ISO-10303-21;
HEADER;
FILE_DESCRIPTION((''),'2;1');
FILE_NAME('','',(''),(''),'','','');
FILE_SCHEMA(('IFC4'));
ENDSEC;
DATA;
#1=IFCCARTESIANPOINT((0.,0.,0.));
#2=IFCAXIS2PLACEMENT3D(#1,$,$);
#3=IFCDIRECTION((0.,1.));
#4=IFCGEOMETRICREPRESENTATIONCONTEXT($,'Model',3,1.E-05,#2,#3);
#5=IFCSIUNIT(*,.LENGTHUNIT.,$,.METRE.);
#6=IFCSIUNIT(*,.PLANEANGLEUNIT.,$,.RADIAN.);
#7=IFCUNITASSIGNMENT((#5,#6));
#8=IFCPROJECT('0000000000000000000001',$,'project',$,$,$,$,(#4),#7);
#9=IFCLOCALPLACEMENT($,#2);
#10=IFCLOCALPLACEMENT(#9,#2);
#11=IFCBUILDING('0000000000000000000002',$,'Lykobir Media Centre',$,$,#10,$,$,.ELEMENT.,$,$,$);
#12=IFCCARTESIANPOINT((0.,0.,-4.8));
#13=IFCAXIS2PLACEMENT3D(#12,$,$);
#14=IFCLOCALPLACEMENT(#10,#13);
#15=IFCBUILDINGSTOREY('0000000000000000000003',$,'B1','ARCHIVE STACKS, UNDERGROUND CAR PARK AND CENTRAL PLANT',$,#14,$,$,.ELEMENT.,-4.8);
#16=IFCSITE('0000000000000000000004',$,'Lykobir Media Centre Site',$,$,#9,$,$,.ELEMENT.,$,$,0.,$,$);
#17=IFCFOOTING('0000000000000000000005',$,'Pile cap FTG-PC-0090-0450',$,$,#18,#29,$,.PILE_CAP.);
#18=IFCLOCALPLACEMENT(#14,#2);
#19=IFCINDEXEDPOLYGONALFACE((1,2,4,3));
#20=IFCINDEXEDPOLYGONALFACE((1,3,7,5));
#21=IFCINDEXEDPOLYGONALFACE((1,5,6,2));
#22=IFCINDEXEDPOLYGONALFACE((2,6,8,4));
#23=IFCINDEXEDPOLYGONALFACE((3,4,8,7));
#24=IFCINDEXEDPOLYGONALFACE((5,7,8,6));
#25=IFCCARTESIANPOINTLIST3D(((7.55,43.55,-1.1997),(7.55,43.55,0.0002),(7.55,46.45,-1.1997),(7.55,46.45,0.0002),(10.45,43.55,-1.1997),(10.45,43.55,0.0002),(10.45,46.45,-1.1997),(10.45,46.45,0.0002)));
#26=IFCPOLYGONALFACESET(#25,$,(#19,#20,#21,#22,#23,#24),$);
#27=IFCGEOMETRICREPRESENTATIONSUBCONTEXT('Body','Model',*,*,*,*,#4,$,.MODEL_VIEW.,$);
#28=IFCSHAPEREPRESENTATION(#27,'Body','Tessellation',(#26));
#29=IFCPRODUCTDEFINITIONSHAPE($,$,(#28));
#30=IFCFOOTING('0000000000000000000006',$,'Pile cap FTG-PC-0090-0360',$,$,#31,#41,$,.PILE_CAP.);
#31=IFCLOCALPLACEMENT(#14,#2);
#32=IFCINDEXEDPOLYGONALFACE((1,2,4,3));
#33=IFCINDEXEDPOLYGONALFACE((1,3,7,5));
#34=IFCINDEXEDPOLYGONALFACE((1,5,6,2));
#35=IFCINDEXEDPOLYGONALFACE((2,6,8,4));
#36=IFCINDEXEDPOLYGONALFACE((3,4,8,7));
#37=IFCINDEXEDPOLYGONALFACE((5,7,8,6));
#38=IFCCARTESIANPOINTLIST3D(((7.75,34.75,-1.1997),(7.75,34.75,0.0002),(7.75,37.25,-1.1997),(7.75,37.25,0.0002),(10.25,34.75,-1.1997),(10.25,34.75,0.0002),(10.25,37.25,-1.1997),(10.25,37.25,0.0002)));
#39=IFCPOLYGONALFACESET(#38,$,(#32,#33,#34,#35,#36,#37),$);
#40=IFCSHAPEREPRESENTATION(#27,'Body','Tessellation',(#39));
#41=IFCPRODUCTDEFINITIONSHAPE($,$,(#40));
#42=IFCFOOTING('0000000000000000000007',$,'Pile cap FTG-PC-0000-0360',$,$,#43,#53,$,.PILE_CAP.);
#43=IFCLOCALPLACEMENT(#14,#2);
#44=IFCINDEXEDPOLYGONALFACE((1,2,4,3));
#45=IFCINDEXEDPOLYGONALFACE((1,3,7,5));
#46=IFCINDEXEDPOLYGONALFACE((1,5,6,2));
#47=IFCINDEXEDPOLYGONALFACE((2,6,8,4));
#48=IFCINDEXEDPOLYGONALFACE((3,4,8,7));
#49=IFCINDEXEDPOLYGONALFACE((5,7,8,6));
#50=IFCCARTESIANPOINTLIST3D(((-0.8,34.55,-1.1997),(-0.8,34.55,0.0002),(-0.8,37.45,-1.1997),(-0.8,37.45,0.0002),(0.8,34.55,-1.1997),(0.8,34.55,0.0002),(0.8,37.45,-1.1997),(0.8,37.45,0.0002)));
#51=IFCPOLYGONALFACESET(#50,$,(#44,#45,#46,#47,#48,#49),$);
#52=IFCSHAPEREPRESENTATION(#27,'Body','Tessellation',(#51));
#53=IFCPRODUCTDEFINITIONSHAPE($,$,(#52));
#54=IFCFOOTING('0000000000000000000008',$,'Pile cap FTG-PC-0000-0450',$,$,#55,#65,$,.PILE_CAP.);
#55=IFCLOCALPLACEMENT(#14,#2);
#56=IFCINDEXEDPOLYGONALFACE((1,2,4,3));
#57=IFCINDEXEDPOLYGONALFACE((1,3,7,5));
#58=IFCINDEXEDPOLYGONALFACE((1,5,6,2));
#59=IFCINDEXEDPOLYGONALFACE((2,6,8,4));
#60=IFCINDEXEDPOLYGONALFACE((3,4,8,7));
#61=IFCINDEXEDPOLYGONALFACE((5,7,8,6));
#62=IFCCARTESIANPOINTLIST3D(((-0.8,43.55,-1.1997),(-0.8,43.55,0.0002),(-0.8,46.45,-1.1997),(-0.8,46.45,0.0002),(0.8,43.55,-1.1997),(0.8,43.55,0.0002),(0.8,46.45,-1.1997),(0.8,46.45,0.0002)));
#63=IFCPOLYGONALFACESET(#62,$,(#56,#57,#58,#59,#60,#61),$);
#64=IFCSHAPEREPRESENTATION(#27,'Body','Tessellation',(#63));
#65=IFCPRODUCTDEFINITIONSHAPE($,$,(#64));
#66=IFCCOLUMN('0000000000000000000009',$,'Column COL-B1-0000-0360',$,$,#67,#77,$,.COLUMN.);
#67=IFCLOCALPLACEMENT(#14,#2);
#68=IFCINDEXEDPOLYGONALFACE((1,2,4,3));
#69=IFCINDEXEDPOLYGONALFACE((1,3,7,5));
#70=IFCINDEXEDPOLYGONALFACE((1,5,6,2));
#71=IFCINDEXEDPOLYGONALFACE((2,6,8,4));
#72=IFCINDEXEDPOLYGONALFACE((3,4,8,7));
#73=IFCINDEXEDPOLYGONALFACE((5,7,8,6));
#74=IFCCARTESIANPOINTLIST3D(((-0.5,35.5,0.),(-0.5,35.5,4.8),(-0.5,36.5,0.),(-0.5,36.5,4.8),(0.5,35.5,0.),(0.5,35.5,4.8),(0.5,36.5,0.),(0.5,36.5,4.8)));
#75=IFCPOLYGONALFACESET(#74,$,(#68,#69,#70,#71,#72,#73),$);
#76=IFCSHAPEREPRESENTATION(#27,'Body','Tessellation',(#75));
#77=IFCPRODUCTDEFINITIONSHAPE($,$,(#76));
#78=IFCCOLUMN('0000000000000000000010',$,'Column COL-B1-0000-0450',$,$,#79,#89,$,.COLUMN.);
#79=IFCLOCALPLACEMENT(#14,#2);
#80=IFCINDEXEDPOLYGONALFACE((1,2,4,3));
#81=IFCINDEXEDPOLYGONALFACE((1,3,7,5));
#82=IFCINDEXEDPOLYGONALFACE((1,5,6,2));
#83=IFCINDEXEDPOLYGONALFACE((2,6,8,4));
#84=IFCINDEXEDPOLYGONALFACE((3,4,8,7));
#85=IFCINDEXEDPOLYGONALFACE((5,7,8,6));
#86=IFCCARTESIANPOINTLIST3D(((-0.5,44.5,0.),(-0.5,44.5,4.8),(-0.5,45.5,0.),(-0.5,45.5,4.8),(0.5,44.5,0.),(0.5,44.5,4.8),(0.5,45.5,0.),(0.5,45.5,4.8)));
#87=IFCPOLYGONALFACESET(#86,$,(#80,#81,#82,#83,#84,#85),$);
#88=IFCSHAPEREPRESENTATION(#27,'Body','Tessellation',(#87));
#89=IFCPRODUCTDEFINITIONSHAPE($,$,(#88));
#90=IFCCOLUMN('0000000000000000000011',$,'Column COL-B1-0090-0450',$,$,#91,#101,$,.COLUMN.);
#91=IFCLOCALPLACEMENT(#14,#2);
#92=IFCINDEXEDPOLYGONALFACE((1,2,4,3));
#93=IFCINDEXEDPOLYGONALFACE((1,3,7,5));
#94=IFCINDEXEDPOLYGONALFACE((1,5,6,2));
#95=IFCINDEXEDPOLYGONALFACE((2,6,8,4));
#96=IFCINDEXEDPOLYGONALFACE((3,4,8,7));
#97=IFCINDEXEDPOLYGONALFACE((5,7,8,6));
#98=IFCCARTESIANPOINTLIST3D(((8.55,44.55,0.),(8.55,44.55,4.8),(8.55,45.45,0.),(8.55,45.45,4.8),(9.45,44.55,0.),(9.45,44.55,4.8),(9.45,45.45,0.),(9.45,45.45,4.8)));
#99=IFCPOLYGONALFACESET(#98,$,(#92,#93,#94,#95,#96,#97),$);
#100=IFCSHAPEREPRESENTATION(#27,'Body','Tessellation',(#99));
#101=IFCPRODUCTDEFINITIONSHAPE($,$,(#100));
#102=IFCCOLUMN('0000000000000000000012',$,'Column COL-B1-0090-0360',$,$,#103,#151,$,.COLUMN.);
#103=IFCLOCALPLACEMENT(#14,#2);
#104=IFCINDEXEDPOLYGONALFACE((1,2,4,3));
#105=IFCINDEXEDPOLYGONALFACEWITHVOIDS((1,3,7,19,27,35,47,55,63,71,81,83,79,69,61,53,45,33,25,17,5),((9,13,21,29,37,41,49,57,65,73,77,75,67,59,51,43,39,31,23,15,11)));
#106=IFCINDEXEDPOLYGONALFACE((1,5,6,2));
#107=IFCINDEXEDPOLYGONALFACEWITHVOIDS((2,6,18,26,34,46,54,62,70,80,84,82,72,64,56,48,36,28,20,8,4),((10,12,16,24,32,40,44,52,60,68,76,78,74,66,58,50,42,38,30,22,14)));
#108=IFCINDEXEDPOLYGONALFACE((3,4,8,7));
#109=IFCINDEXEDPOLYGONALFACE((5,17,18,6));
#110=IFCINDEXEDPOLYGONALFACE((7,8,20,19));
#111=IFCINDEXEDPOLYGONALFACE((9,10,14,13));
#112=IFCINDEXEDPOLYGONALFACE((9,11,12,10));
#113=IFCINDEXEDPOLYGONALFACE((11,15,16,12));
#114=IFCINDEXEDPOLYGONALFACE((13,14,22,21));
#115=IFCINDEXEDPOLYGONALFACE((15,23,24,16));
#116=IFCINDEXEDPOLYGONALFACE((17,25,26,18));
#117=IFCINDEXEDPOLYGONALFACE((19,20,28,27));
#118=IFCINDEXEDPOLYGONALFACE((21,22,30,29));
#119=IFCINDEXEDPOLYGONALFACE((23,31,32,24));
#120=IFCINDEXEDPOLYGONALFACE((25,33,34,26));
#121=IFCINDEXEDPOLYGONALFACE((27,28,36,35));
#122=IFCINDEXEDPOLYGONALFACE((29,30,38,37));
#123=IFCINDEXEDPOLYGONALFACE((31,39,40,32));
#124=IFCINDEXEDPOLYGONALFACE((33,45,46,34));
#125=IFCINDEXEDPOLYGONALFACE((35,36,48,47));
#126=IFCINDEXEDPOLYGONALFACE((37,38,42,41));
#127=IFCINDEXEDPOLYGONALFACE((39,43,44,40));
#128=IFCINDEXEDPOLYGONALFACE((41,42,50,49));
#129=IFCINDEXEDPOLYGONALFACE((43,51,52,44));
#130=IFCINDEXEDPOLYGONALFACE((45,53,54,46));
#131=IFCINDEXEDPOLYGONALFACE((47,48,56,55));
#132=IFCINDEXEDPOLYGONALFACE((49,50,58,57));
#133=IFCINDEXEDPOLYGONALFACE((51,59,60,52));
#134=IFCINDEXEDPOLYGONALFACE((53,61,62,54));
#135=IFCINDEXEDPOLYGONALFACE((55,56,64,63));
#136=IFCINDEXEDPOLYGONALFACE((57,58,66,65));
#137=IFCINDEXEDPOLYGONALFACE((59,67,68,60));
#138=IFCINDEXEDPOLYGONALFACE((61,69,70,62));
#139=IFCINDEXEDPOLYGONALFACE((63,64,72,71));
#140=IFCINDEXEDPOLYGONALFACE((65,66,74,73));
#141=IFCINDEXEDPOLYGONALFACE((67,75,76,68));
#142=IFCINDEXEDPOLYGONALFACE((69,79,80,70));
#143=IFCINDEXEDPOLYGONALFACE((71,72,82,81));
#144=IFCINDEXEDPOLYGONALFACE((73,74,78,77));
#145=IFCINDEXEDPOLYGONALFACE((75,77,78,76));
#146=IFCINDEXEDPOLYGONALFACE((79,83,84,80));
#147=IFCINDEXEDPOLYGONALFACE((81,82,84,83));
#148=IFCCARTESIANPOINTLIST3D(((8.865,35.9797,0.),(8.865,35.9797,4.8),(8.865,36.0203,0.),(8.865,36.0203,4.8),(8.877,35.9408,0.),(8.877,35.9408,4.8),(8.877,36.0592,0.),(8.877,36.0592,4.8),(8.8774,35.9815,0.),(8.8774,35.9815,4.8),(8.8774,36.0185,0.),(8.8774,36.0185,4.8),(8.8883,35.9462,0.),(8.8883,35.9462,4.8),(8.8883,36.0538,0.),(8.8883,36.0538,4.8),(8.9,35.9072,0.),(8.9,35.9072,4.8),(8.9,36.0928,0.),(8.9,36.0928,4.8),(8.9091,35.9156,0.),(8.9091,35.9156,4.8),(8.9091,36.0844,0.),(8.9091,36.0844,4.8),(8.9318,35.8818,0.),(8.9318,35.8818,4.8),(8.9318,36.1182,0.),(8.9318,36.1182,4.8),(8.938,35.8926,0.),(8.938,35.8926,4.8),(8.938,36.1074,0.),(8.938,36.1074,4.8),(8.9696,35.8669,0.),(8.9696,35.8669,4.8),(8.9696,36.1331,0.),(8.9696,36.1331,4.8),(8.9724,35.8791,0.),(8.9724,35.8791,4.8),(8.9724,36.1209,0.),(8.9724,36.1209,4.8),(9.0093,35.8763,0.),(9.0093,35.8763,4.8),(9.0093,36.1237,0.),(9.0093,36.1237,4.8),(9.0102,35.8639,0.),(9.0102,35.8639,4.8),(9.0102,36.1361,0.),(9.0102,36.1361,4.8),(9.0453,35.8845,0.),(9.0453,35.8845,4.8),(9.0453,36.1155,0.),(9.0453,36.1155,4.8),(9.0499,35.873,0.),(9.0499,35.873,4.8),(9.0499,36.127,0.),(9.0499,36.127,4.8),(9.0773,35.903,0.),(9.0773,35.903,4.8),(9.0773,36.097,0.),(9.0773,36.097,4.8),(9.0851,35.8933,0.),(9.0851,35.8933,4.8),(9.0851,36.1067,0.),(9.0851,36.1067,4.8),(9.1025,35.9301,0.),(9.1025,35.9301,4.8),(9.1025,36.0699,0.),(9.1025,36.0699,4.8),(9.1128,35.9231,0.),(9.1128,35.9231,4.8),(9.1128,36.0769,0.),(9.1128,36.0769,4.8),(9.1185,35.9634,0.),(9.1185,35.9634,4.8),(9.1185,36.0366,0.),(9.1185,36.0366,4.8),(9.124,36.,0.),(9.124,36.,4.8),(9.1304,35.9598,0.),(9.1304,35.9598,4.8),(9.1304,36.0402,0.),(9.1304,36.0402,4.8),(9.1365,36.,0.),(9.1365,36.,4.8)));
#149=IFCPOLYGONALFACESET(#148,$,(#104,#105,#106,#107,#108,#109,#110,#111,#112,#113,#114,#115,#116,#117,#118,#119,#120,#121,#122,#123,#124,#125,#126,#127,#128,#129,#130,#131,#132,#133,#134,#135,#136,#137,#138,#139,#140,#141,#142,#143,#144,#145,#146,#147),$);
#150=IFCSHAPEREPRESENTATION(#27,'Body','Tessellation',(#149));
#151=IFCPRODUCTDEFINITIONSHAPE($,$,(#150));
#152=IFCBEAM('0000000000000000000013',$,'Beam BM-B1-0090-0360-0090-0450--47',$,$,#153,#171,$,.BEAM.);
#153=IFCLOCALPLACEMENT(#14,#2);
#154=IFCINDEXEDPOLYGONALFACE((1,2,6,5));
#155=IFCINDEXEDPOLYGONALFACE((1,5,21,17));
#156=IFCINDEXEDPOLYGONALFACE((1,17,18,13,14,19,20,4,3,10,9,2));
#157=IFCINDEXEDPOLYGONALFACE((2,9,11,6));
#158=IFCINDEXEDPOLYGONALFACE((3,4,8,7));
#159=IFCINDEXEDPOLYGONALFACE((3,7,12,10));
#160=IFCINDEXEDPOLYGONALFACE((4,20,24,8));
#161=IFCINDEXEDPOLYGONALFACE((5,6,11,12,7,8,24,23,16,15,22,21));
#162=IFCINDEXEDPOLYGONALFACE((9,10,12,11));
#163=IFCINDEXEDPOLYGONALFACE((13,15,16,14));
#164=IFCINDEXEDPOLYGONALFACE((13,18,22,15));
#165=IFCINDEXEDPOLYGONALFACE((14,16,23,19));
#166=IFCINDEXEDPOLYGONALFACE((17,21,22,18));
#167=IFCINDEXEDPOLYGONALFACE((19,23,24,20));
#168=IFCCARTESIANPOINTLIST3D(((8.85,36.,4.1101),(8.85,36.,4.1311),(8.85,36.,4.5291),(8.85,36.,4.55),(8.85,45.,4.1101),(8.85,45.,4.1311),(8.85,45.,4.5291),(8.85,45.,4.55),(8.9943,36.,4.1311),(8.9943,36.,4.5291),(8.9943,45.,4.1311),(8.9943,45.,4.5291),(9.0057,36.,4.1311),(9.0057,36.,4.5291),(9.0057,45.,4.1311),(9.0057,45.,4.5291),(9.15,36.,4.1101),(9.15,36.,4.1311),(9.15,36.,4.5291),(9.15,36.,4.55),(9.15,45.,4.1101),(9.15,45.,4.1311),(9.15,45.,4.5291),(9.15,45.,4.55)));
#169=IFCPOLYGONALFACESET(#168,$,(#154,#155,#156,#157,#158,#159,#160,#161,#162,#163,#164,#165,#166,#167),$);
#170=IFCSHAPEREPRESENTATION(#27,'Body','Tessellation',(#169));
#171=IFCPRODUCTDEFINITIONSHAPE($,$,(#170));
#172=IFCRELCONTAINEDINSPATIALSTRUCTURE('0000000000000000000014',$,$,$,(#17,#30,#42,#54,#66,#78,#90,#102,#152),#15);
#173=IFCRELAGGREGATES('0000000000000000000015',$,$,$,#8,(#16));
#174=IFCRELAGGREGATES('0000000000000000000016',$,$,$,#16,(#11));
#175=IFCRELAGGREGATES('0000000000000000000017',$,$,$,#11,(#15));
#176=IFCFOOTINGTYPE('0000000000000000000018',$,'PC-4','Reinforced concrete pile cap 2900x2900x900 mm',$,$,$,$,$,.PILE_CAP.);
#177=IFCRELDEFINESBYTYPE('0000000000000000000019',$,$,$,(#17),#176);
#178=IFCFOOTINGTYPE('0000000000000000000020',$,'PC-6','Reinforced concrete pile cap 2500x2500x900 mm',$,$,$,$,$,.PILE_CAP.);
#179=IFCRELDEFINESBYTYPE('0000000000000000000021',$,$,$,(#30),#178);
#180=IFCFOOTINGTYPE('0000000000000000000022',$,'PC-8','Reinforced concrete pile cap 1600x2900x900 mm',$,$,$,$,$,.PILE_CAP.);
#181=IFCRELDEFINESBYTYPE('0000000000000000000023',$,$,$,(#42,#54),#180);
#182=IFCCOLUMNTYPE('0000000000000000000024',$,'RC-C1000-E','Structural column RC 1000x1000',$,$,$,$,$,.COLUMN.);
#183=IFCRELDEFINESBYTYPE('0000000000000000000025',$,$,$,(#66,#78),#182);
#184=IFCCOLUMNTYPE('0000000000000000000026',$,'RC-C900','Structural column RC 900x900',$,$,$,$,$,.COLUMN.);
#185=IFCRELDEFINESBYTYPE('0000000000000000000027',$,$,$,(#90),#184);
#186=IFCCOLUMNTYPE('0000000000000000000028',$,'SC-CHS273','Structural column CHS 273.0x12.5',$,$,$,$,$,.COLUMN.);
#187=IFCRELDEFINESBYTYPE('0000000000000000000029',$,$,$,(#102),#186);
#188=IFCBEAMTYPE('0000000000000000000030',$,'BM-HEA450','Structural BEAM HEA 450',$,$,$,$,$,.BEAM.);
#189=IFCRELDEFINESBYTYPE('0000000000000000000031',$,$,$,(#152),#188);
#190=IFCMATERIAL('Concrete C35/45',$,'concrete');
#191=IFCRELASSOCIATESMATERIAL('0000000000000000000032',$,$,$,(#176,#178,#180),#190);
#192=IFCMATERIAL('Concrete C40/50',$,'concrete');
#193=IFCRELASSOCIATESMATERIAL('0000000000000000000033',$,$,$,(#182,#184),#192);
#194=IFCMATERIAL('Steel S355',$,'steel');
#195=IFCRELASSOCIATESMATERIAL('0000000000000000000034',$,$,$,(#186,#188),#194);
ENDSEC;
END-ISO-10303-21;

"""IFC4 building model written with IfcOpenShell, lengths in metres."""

from ifc_helpers import new_model, si_unit, direction, frame, origin, origin_2d, place, context, subcontext, project, spatial, rectangle, hollow_circle, i_section, extrude, material, material_profile, profile_set, type_object, element, save


model = new_model("IFC4")

# Units and contexts
model_context = context("Model", 3, precision=1e-05, world=origin(), true_north=direction((0.0, 1.0)))
body_context = subcontext(model_context, "Body", "Model", "MODEL_VIEW")
ifc_project = project(units=[si_unit("LENGTHUNIT", "METRE"), si_unit("PLANEANGLEUNIT", "RADIAN")], contexts=[model_context])

# Site, building, storey
site_placement = place(None, origin())
site = spatial("IfcSite", under=ifc_project, at=site_placement, Name="Lykobir Media Centre Site", CompositionType="ELEMENT", RefElevation=0.0)
building_placement = place(site_placement, origin())
building = spatial("IfcBuilding", under=site, at=building_placement, Name="Lykobir Media Centre", CompositionType="ELEMENT")
storey_placement = place(building_placement, frame((0.0, 0.0, -4.8)))
storey = spatial("IfcBuildingStorey", under=building, at=storey_placement, Name="B1", Description="ARCHIVE STACKS, UNDERGROUND CAR PARK AND CENTRAL PLANT", CompositionType="ELEMENT", Elevation=-4.8)

# Footings
ifc_material_1 = material(Name="Concrete C35/45", Category="concrete")
footing_type_1 = type_object("IfcFootingType", Name="PC-4", Description="Reinforced concrete pile cap 2900x2900x900 mm", PredefinedType="PILE_CAP", material=ifc_material_1)
footing_1_placement = place(storey_placement, frame((9.0, 45.0, -1.1997), z_axis=(0.0, 0.0, 1.0), x_axis=(1.0, 0.0, 0.0)))
element("IfcFooting", 1, at=footing_1_placement, inside=storey, type_object=footing_type_1, Name="Pile cap FTG-PC-0090-0450", PredefinedType="PILE_CAP", context=body_context, shape_type="SweptSolid", body=[
    extrude(rectangle(XDim=2.8999, YDim=2.8999, at=origin_2d()), origin(), (0.0, 0.0, 1.0), 1.2),
])
footing_type_2 = type_object("IfcFootingType", Name="PC-6", Description="Reinforced concrete pile cap 2500x2500x900 mm", PredefinedType="PILE_CAP", material=ifc_material_1)
footing_2_placement = place(storey_placement, frame((9.0, 36.0, -1.1997), z_axis=(0.0, 0.0, 1.0), x_axis=(1.0, 0.0, 0.0)))
element("IfcFooting", 2, at=footing_2_placement, inside=storey, type_object=footing_type_2, Name="Pile cap FTG-PC-0090-0360", PredefinedType="PILE_CAP", context=body_context, shape_type="SweptSolid", body=[
    extrude(rectangle(XDim=2.5, YDim=2.5, at=origin_2d()), origin(), (0.0, 0.0, 1.0), 1.2),
])
footing_type_3 = type_object("IfcFootingType", Name="PC-8", Description="Reinforced concrete pile cap 1600x2900x900 mm", PredefinedType="PILE_CAP", material=ifc_material_1)
for number, where, z_axis, x_axis, name in (
    (3, (0.0, 36.0, -1.1997), (0.0, 0.0, 1.0), (1.0, 0.0, 0.0), "Pile cap FTG-PC-0000-0360"),
    (4, (0.0, 45.0, -1.1997), (0.0, 0.0, 1.0), (1.0, 0.0, 0.0), "Pile cap FTG-PC-0000-0450"),
):
    element("IfcFooting", number, at=place(storey_placement, frame(where, z_axis=z_axis, x_axis=x_axis)), inside=storey, type_object=footing_type_3, Name=name, PredefinedType="PILE_CAP", context=body_context, shape_type="SweptSolid", body=[
        extrude(rectangle(XDim=1.6001, YDim=2.8999, at=origin_2d()), origin(), (0.0, 0.0, 1.0), 1.2),
    ])

# Columns
ifc_material_2 = material(Name="Concrete C40/50", Category="concrete")
ifc_material_profile_1 = material_profile(ifc_material_2, rectangle(XDim=1.0, YDim=1.0, at=origin_2d()), Name="RC 1000x1000")
ifc_profile_set_1 = profile_set([ifc_material_profile_1], Name="Concrete C40/50")
column_type_1 = type_object("IfcColumnType", Name="RC-C1000-E", Description="Structural column RC 1000x1000", PredefinedType="COLUMN", material=ifc_profile_set_1)
for number, where, z_axis, x_axis, name in (
    (5, (0.0, 36.0, 0.0), (0.0, 0.0, 1.0), (1.0, 0.0, 0.0), "Column COL-B1-0000-0360"),
    (6, (0.0, 45.0, 0.0), (0.0, 0.0, 1.0), (1.0, 0.0, 0.0), "Column COL-B1-0000-0450"),
):
    element("IfcColumn", number, at=place(storey_placement, frame(where, z_axis=z_axis, x_axis=x_axis)), inside=storey, type_object=column_type_1, Name=name, PredefinedType="COLUMN", context=body_context, shape_type="SweptSolid", body=[
        extrude(rectangle(XDim=1.0, YDim=1.0, at=origin_2d()), origin(), (0.0, 0.0, 1.0), 4.8),
    ])
ifc_material_profile_2 = material_profile(ifc_material_2, rectangle(XDim=0.8999, YDim=0.8999, at=origin_2d()), Name="RC 900x900")
ifc_profile_set_2 = profile_set([ifc_material_profile_2], Name="Concrete C40/50")
column_type_2 = type_object("IfcColumnType", Name="RC-C900", Description="Structural column RC 900x900", PredefinedType="COLUMN", material=ifc_profile_set_2)
column_1_placement = place(storey_placement, frame((9.0, 45.0, 0.0), z_axis=(0.0, 0.0, 1.0), x_axis=(1.0, 0.0, 0.0)))
element("IfcColumn", 7, at=column_1_placement, inside=storey, type_object=column_type_2, Name="Column COL-B1-0090-0450", PredefinedType="COLUMN", context=body_context, shape_type="SweptSolid", body=[
    extrude(rectangle(XDim=0.8999, YDim=0.8999, at=origin_2d()), origin(), (0.0, 0.0, 1.0), 4.8),
])
ifc_material_3 = material(Name="Steel S355", Category="steel")
ifc_material_profile_3 = material_profile(ifc_material_3, hollow_circle(Radius=0.1365, WallThickness=0.0125, at=origin_2d()), Name="CHS 273.0x12.5")
ifc_profile_set_3 = profile_set([ifc_material_profile_3], Name="Steel S355")
column_type_3 = type_object("IfcColumnType", Name="SC-CHS273", Description="Structural column CHS 273.0x12.5", PredefinedType="COLUMN", material=ifc_profile_set_3)
column_2_placement = place(storey_placement, frame((9.0, 36.0, 0.0), z_axis=(0.0, 0.0, 1.0), x_axis=(1.0, 0.0, 0.0)))
element("IfcColumn", 8, at=column_2_placement, inside=storey, type_object=column_type_3, Name="Column COL-B1-0090-0360", PredefinedType="COLUMN", context=body_context, shape_type="SweptSolid", body=[
    extrude(hollow_circle(Radius=0.1365, WallThickness=0.0125, at=origin_2d()), origin(), (0.0, 0.0, 1.0), 4.8),
])

# Beam
ifc_material_profile_4 = material_profile(ifc_material_3, i_section(OverallWidth=0.3, OverallDepth=0.4399, WebThickness=0.0115, FlangeThickness=0.021, at=origin_2d()), Name="HEA 450")
ifc_profile_set_4 = profile_set([ifc_material_profile_4], Name="Steel S355")
beam_type_1 = type_object("IfcBeamType", Name="BM-HEA450", Description="Structural BEAM HEA 450", PredefinedType="BEAM", material=ifc_profile_set_4)
beam_1_placement = place(storey_placement, frame((9.0, 36.0, 4.3301), z_axis=(0.0, 1.0, 0.0), x_axis=(-1.0, 0.0, 0.0)))
element("IfcBeam", 9, at=beam_1_placement, inside=storey, type_object=beam_type_1, Name="Beam BM-B1-0090-0360-0090-0450--47", PredefinedType="BEAM", context=body_context, shape_type="SweptSolid", body=[
    extrude(i_section(OverallWidth=0.3, OverallDepth=0.4399, WebThickness=0.0115, FlangeThickness=0.021, at=origin_2d()), origin(), (0.0, 0.0, 1.0), 9.0),
])

save(model, "model.ifc")
